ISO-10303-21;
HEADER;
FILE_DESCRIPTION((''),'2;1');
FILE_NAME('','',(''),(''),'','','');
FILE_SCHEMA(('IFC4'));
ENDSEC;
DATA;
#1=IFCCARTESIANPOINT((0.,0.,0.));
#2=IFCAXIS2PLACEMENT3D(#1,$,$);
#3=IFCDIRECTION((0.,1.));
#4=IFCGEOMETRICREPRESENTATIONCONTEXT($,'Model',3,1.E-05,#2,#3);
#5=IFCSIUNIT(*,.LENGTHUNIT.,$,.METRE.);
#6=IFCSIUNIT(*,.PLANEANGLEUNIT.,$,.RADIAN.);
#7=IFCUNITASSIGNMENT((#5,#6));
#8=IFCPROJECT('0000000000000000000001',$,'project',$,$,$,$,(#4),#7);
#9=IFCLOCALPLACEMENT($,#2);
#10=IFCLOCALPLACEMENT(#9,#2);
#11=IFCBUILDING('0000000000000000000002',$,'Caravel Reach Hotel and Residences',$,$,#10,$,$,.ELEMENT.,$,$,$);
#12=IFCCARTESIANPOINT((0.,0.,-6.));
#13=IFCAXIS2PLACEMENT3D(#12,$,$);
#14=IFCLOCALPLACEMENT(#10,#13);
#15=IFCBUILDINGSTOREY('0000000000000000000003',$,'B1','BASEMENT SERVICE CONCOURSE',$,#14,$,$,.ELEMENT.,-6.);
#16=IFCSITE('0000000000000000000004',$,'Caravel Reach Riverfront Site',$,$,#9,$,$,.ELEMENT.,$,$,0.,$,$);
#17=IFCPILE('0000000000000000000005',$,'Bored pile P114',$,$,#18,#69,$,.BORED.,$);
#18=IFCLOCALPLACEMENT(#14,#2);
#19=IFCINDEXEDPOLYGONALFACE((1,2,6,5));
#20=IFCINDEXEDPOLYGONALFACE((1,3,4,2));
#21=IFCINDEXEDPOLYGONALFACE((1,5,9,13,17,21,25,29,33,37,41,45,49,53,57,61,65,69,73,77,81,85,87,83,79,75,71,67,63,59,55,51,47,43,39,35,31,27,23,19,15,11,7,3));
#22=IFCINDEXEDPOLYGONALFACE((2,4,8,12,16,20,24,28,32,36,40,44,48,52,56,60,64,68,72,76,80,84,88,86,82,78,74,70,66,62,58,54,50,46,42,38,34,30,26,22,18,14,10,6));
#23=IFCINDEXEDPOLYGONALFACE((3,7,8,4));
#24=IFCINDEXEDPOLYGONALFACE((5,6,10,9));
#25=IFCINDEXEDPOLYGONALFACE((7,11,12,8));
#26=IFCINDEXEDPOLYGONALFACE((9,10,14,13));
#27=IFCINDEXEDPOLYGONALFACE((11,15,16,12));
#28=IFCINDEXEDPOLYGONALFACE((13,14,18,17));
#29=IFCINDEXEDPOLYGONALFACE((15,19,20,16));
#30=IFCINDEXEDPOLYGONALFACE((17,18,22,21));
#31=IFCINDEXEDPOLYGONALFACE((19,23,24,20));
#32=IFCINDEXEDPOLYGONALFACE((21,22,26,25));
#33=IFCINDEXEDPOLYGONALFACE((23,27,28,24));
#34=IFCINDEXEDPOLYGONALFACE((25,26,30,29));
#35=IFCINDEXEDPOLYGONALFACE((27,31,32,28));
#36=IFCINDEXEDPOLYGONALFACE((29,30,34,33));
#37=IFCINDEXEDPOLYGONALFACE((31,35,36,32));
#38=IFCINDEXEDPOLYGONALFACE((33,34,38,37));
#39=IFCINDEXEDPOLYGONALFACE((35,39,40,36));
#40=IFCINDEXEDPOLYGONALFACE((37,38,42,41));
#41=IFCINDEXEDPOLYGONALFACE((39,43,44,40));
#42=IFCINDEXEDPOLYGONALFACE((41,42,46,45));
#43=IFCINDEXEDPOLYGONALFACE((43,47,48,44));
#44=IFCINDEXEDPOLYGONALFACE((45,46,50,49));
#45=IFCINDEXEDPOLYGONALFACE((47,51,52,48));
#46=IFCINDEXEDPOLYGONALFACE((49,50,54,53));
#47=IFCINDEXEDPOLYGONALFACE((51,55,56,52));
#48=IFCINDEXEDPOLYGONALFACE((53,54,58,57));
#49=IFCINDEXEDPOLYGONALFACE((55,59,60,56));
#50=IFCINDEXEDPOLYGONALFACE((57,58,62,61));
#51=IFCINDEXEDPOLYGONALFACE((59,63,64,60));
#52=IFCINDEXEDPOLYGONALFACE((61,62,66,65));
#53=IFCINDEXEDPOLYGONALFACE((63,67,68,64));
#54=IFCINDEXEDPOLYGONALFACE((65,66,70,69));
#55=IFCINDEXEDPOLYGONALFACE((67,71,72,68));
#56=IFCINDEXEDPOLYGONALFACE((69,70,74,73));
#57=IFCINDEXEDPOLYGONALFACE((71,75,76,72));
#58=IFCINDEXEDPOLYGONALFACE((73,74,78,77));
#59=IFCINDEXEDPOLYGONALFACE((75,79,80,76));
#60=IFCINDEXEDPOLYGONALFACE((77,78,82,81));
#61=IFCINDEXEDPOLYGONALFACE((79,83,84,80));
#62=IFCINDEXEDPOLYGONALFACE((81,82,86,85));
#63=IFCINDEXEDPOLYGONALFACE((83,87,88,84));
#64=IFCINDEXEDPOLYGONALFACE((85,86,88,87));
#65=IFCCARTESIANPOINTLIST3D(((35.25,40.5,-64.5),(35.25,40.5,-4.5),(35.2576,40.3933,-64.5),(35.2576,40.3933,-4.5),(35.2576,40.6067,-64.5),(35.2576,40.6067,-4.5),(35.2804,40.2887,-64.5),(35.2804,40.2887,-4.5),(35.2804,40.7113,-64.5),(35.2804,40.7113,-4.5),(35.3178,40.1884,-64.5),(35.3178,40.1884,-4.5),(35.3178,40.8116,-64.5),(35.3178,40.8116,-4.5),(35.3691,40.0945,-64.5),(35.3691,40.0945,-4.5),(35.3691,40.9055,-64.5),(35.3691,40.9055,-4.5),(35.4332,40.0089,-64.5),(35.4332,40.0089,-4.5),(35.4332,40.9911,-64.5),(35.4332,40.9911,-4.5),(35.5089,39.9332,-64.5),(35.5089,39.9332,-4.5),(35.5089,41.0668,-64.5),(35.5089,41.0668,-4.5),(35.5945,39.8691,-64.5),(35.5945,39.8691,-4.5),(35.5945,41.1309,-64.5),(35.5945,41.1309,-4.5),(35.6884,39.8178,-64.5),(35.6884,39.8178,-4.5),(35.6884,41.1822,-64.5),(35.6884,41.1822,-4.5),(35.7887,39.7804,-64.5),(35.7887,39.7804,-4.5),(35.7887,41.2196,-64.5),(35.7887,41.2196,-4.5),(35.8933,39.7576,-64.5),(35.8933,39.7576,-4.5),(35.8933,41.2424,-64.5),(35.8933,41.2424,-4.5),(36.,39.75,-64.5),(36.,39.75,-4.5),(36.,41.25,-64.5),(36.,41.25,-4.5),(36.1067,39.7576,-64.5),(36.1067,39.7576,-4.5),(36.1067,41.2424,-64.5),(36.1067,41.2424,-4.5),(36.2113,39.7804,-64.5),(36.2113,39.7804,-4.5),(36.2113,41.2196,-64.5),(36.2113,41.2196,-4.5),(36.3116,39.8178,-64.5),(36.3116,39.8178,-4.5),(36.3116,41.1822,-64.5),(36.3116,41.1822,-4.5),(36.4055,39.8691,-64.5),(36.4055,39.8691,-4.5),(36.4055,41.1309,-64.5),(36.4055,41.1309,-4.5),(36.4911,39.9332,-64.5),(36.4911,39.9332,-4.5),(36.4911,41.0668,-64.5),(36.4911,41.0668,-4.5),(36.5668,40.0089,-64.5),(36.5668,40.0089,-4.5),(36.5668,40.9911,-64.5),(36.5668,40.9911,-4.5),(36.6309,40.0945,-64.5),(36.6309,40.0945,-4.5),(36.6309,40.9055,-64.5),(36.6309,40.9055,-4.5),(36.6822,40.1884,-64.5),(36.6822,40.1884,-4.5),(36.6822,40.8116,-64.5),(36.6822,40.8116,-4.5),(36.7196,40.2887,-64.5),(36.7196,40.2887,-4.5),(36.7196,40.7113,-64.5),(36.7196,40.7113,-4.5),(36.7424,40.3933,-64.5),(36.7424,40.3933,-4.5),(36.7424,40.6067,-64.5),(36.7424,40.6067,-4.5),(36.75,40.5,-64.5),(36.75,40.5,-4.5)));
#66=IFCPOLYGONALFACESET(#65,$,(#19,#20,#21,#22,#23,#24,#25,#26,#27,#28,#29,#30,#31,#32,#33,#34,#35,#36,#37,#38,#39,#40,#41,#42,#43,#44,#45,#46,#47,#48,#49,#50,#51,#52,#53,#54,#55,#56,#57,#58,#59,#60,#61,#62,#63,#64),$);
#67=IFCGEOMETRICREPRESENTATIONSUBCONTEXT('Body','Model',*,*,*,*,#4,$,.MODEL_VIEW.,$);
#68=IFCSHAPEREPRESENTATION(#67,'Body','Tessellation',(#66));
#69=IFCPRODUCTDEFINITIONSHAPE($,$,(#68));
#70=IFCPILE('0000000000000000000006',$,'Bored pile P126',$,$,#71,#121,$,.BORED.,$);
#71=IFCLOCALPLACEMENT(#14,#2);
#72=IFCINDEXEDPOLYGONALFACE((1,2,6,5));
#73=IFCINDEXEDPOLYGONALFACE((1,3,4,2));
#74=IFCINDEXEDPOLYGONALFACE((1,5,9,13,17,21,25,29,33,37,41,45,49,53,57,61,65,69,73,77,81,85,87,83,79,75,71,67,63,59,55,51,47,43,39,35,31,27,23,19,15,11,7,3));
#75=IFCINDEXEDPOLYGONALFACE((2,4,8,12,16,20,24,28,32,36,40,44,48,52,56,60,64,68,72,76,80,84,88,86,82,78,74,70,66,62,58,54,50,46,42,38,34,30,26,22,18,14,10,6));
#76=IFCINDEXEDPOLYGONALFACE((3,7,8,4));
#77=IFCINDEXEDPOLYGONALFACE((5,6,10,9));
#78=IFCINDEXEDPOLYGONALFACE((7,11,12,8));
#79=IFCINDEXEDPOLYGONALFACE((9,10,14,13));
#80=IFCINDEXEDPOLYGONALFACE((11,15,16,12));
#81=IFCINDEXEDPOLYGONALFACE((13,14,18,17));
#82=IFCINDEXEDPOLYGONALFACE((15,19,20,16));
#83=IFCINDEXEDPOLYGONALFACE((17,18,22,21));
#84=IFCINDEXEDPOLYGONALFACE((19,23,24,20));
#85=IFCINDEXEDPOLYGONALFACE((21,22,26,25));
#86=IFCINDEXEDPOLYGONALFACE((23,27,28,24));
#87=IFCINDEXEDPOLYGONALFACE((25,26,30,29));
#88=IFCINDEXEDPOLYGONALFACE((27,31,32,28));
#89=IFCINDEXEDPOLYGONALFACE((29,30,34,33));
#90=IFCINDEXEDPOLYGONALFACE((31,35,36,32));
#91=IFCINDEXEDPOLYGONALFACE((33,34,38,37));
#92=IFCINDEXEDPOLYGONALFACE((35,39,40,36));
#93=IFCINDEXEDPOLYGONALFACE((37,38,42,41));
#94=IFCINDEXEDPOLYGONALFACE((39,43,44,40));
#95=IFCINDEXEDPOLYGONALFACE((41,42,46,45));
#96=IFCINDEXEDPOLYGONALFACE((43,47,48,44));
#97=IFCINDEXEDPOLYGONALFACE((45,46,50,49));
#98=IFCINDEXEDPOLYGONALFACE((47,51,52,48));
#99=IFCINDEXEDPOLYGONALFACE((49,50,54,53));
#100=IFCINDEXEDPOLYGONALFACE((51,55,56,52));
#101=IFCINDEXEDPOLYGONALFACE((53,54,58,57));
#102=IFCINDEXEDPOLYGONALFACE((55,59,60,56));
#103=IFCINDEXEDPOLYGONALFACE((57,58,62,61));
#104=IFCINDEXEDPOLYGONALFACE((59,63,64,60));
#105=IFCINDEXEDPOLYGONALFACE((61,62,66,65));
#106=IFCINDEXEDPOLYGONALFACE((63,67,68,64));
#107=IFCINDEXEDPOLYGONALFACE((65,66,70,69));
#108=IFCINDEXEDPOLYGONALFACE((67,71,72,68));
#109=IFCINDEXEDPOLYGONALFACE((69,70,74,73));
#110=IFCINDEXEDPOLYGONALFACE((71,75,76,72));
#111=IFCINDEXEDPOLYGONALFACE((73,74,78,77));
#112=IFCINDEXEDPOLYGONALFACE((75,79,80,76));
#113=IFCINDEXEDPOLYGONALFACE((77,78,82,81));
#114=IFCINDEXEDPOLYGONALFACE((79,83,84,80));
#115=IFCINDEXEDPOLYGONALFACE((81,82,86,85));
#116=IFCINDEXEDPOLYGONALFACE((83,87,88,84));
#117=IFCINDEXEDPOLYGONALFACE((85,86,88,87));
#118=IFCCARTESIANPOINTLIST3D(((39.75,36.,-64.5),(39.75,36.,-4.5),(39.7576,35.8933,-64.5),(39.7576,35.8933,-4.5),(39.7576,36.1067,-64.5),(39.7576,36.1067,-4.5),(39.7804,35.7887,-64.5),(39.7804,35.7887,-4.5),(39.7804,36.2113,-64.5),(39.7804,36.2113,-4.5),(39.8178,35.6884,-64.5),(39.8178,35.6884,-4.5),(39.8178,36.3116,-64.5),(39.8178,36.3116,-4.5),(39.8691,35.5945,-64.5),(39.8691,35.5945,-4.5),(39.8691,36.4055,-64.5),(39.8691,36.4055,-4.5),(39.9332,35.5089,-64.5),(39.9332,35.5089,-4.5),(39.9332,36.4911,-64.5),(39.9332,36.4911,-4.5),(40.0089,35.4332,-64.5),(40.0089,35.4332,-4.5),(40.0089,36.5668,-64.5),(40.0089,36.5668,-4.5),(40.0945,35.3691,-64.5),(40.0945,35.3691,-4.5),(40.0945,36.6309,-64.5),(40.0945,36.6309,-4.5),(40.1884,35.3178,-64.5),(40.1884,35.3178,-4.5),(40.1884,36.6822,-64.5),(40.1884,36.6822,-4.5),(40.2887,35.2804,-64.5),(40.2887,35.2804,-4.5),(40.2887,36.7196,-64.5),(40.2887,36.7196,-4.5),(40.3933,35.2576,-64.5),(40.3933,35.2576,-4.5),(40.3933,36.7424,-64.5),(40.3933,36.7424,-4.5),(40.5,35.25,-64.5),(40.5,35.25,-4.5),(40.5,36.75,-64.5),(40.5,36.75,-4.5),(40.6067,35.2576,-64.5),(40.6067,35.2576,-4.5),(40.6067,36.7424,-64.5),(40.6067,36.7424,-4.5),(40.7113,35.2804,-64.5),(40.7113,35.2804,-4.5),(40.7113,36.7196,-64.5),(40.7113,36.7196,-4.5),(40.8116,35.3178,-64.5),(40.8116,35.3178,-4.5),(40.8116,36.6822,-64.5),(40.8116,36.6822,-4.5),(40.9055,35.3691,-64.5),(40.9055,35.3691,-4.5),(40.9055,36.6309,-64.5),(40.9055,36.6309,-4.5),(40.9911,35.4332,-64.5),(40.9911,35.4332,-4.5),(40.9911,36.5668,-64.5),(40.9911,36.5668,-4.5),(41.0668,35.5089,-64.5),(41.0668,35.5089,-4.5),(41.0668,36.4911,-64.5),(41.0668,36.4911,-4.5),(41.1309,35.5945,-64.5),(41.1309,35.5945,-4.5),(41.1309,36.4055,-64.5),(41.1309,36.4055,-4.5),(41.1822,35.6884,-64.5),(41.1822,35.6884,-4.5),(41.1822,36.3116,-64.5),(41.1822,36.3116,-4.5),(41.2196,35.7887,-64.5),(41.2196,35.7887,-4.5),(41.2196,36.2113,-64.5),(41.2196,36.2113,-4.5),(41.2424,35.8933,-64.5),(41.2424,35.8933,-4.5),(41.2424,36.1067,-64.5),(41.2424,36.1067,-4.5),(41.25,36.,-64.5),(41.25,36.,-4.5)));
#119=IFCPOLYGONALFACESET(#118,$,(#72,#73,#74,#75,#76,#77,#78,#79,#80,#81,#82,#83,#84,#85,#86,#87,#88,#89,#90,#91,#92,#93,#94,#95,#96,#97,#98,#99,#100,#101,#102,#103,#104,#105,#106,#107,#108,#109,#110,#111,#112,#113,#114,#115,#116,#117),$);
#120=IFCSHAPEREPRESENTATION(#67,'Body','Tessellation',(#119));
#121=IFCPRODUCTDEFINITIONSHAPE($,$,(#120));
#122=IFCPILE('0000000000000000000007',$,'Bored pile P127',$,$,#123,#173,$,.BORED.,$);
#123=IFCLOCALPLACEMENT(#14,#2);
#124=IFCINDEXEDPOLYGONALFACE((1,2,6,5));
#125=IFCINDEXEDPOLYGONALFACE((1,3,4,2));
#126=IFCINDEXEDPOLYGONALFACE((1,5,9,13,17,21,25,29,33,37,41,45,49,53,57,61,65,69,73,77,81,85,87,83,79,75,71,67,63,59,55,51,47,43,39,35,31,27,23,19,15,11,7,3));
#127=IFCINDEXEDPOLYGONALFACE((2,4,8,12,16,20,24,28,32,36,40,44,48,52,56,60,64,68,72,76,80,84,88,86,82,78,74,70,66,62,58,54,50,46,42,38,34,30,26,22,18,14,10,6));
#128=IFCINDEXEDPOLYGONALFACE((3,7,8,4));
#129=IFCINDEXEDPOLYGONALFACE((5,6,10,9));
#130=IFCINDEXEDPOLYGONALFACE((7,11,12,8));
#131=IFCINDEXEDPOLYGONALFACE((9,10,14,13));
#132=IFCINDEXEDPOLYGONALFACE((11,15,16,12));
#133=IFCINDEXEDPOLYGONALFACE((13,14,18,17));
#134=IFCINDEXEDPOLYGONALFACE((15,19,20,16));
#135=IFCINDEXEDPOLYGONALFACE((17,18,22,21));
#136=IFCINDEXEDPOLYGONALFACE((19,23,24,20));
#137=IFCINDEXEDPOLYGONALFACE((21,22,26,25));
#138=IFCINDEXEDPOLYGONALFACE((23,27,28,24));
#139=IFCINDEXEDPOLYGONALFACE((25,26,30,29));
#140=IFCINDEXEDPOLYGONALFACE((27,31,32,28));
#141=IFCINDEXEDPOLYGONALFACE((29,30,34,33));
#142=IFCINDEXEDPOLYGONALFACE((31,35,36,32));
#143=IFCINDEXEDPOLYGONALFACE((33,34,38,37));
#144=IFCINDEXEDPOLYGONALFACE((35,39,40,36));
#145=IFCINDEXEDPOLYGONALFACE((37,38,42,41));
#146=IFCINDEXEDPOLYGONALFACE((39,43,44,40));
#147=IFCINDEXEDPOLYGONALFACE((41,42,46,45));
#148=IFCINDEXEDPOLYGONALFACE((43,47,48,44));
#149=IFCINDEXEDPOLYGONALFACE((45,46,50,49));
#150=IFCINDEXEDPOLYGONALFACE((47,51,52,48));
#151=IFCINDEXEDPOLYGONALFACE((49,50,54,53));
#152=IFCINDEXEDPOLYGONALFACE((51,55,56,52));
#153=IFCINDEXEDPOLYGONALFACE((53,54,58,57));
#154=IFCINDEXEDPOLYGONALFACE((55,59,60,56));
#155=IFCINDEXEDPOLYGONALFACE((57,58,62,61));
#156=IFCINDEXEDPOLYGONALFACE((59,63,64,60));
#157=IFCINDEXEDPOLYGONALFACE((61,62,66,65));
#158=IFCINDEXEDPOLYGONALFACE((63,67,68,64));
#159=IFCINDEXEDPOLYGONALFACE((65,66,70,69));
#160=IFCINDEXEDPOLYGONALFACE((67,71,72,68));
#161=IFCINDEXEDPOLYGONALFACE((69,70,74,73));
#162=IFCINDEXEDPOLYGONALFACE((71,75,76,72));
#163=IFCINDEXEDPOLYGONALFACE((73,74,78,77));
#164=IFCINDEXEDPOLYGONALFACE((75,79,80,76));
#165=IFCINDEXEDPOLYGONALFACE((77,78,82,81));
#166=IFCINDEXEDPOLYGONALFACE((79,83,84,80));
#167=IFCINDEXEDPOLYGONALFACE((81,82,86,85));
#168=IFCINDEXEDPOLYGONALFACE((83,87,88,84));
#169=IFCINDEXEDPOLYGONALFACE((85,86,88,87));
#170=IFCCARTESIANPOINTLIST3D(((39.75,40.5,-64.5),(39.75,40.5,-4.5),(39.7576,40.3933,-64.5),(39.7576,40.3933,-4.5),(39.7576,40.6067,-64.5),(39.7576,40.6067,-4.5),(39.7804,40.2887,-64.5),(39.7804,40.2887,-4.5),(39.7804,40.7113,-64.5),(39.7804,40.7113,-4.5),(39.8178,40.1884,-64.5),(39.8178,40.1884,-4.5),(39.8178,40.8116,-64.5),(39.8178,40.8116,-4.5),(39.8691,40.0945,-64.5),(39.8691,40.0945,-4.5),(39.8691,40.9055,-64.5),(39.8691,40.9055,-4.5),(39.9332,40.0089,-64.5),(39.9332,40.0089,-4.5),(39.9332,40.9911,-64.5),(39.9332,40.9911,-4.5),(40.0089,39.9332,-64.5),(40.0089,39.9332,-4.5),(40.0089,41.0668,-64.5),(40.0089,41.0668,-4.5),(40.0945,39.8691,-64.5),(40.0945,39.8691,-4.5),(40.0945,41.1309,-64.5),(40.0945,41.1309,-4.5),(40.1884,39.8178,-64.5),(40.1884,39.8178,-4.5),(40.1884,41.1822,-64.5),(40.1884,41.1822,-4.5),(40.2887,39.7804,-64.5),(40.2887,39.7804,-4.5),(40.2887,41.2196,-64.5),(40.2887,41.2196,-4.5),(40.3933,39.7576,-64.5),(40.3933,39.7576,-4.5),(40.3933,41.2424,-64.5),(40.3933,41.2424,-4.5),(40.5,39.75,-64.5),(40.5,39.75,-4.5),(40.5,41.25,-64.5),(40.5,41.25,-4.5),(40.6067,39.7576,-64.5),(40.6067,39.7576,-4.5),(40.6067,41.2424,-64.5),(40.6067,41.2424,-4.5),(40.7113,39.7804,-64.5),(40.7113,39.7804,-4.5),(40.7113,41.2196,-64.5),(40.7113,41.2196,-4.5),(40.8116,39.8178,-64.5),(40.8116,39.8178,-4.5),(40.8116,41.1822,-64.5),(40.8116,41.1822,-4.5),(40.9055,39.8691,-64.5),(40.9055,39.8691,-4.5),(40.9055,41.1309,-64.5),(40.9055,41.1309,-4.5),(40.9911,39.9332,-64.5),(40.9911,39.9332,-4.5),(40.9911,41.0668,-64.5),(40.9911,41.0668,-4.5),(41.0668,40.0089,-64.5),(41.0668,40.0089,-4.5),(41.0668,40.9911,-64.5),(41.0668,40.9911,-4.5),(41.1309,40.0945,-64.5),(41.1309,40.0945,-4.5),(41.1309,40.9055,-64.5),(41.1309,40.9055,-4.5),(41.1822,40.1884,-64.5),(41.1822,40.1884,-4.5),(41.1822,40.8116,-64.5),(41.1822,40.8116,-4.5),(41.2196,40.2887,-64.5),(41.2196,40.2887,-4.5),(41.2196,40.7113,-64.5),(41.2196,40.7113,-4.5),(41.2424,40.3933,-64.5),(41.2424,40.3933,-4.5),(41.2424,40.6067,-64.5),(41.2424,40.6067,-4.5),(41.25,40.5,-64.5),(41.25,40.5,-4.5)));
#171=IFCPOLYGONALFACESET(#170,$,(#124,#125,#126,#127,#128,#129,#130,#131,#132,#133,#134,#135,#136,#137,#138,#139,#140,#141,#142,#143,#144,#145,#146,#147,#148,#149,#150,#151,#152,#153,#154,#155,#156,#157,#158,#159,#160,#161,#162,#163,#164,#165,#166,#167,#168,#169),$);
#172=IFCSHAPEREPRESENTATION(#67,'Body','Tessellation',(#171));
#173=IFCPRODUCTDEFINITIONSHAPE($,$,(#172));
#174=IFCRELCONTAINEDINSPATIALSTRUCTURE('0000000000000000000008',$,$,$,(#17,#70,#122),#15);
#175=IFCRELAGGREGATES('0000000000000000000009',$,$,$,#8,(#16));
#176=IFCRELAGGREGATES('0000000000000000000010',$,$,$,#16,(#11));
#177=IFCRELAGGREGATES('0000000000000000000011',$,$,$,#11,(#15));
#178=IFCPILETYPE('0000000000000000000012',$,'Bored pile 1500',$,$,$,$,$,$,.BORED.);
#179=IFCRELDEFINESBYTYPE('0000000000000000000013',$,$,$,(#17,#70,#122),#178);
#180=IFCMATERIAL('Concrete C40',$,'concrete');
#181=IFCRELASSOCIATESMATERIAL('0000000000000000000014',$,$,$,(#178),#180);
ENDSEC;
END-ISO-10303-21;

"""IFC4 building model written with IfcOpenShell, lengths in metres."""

from ifc_helpers import new_model, si_unit, direction, frame, origin, origin_2d, place, context, subcontext, project, spatial, circle, extrude, material, material_profile, profile_set, type_object, element, save


model = new_model("IFC4")

# Units and contexts
model_context = context("Model", 3, precision=1e-05, world=origin(), true_north=direction((0.0, 1.0)))
body_context = subcontext(model_context, "Body", "Model", "MODEL_VIEW")
ifc_project = project(units=[si_unit("LENGTHUNIT", "METRE"), si_unit("PLANEANGLEUNIT", "RADIAN")], contexts=[model_context])

# Site, building, storey
site_placement = place(None, origin())
site = spatial("IfcSite", under=ifc_project, at=site_placement, Name="Caravel Reach Riverfront Site", CompositionType="ELEMENT", RefElevation=0.0)
building_placement = place(site_placement, origin())
building = spatial("IfcBuilding", under=site, at=building_placement, Name="Caravel Reach Hotel and Residences", CompositionType="ELEMENT")
storey_placement = place(building_placement, frame((0.0, 0.0, -6.0)))
storey = spatial("IfcBuildingStorey", under=building, at=storey_placement, Name="B1", Description="BASEMENT SERVICE CONCOURSE", CompositionType="ELEMENT", Elevation=-6.0)

# Piles
ifc_material_1 = material(Name="Concrete C40", Category="concrete")
ifc_material_profile_1 = material_profile(ifc_material_1, circle(Radius=0.75, at=origin_2d()), Name="PILE 1500")
ifc_profile_set_1 = profile_set([ifc_material_profile_1], Name="Concrete C40")
pile_type_1 = type_object("IfcPileType", Name="Bored pile 1500", PredefinedType="BORED", material=ifc_profile_set_1)
for number, where, z_axis, x_axis, name in (
    (1, (36.0, 40.5, -4.5), (0.0, 0.0, -1.0), (1.0, 0.0, 0.0), "Bored pile P114"),
    (2, (40.5, 36.0, -4.5), (0.0, 0.0, -1.0), (1.0, 0.0, 0.0), "Bored pile P126"),
    (3, (40.5, 40.5, -4.5), (0.0, 0.0, -1.0), (1.0, 0.0, 0.0), "Bored pile P127"),
):
    element("IfcPile", number, at=place(storey_placement, frame(where, z_axis=z_axis, x_axis=x_axis)), inside=storey, type_object=pile_type_1, Name=name, PredefinedType="BORED", context=body_context, shape_type="SweptSolid", body=[
        extrude(circle(Radius=0.75, at=origin_2d()), origin(), (0.0, 0.0, 1.0), 60.0),
    ])

save(model, "model.ifc")
